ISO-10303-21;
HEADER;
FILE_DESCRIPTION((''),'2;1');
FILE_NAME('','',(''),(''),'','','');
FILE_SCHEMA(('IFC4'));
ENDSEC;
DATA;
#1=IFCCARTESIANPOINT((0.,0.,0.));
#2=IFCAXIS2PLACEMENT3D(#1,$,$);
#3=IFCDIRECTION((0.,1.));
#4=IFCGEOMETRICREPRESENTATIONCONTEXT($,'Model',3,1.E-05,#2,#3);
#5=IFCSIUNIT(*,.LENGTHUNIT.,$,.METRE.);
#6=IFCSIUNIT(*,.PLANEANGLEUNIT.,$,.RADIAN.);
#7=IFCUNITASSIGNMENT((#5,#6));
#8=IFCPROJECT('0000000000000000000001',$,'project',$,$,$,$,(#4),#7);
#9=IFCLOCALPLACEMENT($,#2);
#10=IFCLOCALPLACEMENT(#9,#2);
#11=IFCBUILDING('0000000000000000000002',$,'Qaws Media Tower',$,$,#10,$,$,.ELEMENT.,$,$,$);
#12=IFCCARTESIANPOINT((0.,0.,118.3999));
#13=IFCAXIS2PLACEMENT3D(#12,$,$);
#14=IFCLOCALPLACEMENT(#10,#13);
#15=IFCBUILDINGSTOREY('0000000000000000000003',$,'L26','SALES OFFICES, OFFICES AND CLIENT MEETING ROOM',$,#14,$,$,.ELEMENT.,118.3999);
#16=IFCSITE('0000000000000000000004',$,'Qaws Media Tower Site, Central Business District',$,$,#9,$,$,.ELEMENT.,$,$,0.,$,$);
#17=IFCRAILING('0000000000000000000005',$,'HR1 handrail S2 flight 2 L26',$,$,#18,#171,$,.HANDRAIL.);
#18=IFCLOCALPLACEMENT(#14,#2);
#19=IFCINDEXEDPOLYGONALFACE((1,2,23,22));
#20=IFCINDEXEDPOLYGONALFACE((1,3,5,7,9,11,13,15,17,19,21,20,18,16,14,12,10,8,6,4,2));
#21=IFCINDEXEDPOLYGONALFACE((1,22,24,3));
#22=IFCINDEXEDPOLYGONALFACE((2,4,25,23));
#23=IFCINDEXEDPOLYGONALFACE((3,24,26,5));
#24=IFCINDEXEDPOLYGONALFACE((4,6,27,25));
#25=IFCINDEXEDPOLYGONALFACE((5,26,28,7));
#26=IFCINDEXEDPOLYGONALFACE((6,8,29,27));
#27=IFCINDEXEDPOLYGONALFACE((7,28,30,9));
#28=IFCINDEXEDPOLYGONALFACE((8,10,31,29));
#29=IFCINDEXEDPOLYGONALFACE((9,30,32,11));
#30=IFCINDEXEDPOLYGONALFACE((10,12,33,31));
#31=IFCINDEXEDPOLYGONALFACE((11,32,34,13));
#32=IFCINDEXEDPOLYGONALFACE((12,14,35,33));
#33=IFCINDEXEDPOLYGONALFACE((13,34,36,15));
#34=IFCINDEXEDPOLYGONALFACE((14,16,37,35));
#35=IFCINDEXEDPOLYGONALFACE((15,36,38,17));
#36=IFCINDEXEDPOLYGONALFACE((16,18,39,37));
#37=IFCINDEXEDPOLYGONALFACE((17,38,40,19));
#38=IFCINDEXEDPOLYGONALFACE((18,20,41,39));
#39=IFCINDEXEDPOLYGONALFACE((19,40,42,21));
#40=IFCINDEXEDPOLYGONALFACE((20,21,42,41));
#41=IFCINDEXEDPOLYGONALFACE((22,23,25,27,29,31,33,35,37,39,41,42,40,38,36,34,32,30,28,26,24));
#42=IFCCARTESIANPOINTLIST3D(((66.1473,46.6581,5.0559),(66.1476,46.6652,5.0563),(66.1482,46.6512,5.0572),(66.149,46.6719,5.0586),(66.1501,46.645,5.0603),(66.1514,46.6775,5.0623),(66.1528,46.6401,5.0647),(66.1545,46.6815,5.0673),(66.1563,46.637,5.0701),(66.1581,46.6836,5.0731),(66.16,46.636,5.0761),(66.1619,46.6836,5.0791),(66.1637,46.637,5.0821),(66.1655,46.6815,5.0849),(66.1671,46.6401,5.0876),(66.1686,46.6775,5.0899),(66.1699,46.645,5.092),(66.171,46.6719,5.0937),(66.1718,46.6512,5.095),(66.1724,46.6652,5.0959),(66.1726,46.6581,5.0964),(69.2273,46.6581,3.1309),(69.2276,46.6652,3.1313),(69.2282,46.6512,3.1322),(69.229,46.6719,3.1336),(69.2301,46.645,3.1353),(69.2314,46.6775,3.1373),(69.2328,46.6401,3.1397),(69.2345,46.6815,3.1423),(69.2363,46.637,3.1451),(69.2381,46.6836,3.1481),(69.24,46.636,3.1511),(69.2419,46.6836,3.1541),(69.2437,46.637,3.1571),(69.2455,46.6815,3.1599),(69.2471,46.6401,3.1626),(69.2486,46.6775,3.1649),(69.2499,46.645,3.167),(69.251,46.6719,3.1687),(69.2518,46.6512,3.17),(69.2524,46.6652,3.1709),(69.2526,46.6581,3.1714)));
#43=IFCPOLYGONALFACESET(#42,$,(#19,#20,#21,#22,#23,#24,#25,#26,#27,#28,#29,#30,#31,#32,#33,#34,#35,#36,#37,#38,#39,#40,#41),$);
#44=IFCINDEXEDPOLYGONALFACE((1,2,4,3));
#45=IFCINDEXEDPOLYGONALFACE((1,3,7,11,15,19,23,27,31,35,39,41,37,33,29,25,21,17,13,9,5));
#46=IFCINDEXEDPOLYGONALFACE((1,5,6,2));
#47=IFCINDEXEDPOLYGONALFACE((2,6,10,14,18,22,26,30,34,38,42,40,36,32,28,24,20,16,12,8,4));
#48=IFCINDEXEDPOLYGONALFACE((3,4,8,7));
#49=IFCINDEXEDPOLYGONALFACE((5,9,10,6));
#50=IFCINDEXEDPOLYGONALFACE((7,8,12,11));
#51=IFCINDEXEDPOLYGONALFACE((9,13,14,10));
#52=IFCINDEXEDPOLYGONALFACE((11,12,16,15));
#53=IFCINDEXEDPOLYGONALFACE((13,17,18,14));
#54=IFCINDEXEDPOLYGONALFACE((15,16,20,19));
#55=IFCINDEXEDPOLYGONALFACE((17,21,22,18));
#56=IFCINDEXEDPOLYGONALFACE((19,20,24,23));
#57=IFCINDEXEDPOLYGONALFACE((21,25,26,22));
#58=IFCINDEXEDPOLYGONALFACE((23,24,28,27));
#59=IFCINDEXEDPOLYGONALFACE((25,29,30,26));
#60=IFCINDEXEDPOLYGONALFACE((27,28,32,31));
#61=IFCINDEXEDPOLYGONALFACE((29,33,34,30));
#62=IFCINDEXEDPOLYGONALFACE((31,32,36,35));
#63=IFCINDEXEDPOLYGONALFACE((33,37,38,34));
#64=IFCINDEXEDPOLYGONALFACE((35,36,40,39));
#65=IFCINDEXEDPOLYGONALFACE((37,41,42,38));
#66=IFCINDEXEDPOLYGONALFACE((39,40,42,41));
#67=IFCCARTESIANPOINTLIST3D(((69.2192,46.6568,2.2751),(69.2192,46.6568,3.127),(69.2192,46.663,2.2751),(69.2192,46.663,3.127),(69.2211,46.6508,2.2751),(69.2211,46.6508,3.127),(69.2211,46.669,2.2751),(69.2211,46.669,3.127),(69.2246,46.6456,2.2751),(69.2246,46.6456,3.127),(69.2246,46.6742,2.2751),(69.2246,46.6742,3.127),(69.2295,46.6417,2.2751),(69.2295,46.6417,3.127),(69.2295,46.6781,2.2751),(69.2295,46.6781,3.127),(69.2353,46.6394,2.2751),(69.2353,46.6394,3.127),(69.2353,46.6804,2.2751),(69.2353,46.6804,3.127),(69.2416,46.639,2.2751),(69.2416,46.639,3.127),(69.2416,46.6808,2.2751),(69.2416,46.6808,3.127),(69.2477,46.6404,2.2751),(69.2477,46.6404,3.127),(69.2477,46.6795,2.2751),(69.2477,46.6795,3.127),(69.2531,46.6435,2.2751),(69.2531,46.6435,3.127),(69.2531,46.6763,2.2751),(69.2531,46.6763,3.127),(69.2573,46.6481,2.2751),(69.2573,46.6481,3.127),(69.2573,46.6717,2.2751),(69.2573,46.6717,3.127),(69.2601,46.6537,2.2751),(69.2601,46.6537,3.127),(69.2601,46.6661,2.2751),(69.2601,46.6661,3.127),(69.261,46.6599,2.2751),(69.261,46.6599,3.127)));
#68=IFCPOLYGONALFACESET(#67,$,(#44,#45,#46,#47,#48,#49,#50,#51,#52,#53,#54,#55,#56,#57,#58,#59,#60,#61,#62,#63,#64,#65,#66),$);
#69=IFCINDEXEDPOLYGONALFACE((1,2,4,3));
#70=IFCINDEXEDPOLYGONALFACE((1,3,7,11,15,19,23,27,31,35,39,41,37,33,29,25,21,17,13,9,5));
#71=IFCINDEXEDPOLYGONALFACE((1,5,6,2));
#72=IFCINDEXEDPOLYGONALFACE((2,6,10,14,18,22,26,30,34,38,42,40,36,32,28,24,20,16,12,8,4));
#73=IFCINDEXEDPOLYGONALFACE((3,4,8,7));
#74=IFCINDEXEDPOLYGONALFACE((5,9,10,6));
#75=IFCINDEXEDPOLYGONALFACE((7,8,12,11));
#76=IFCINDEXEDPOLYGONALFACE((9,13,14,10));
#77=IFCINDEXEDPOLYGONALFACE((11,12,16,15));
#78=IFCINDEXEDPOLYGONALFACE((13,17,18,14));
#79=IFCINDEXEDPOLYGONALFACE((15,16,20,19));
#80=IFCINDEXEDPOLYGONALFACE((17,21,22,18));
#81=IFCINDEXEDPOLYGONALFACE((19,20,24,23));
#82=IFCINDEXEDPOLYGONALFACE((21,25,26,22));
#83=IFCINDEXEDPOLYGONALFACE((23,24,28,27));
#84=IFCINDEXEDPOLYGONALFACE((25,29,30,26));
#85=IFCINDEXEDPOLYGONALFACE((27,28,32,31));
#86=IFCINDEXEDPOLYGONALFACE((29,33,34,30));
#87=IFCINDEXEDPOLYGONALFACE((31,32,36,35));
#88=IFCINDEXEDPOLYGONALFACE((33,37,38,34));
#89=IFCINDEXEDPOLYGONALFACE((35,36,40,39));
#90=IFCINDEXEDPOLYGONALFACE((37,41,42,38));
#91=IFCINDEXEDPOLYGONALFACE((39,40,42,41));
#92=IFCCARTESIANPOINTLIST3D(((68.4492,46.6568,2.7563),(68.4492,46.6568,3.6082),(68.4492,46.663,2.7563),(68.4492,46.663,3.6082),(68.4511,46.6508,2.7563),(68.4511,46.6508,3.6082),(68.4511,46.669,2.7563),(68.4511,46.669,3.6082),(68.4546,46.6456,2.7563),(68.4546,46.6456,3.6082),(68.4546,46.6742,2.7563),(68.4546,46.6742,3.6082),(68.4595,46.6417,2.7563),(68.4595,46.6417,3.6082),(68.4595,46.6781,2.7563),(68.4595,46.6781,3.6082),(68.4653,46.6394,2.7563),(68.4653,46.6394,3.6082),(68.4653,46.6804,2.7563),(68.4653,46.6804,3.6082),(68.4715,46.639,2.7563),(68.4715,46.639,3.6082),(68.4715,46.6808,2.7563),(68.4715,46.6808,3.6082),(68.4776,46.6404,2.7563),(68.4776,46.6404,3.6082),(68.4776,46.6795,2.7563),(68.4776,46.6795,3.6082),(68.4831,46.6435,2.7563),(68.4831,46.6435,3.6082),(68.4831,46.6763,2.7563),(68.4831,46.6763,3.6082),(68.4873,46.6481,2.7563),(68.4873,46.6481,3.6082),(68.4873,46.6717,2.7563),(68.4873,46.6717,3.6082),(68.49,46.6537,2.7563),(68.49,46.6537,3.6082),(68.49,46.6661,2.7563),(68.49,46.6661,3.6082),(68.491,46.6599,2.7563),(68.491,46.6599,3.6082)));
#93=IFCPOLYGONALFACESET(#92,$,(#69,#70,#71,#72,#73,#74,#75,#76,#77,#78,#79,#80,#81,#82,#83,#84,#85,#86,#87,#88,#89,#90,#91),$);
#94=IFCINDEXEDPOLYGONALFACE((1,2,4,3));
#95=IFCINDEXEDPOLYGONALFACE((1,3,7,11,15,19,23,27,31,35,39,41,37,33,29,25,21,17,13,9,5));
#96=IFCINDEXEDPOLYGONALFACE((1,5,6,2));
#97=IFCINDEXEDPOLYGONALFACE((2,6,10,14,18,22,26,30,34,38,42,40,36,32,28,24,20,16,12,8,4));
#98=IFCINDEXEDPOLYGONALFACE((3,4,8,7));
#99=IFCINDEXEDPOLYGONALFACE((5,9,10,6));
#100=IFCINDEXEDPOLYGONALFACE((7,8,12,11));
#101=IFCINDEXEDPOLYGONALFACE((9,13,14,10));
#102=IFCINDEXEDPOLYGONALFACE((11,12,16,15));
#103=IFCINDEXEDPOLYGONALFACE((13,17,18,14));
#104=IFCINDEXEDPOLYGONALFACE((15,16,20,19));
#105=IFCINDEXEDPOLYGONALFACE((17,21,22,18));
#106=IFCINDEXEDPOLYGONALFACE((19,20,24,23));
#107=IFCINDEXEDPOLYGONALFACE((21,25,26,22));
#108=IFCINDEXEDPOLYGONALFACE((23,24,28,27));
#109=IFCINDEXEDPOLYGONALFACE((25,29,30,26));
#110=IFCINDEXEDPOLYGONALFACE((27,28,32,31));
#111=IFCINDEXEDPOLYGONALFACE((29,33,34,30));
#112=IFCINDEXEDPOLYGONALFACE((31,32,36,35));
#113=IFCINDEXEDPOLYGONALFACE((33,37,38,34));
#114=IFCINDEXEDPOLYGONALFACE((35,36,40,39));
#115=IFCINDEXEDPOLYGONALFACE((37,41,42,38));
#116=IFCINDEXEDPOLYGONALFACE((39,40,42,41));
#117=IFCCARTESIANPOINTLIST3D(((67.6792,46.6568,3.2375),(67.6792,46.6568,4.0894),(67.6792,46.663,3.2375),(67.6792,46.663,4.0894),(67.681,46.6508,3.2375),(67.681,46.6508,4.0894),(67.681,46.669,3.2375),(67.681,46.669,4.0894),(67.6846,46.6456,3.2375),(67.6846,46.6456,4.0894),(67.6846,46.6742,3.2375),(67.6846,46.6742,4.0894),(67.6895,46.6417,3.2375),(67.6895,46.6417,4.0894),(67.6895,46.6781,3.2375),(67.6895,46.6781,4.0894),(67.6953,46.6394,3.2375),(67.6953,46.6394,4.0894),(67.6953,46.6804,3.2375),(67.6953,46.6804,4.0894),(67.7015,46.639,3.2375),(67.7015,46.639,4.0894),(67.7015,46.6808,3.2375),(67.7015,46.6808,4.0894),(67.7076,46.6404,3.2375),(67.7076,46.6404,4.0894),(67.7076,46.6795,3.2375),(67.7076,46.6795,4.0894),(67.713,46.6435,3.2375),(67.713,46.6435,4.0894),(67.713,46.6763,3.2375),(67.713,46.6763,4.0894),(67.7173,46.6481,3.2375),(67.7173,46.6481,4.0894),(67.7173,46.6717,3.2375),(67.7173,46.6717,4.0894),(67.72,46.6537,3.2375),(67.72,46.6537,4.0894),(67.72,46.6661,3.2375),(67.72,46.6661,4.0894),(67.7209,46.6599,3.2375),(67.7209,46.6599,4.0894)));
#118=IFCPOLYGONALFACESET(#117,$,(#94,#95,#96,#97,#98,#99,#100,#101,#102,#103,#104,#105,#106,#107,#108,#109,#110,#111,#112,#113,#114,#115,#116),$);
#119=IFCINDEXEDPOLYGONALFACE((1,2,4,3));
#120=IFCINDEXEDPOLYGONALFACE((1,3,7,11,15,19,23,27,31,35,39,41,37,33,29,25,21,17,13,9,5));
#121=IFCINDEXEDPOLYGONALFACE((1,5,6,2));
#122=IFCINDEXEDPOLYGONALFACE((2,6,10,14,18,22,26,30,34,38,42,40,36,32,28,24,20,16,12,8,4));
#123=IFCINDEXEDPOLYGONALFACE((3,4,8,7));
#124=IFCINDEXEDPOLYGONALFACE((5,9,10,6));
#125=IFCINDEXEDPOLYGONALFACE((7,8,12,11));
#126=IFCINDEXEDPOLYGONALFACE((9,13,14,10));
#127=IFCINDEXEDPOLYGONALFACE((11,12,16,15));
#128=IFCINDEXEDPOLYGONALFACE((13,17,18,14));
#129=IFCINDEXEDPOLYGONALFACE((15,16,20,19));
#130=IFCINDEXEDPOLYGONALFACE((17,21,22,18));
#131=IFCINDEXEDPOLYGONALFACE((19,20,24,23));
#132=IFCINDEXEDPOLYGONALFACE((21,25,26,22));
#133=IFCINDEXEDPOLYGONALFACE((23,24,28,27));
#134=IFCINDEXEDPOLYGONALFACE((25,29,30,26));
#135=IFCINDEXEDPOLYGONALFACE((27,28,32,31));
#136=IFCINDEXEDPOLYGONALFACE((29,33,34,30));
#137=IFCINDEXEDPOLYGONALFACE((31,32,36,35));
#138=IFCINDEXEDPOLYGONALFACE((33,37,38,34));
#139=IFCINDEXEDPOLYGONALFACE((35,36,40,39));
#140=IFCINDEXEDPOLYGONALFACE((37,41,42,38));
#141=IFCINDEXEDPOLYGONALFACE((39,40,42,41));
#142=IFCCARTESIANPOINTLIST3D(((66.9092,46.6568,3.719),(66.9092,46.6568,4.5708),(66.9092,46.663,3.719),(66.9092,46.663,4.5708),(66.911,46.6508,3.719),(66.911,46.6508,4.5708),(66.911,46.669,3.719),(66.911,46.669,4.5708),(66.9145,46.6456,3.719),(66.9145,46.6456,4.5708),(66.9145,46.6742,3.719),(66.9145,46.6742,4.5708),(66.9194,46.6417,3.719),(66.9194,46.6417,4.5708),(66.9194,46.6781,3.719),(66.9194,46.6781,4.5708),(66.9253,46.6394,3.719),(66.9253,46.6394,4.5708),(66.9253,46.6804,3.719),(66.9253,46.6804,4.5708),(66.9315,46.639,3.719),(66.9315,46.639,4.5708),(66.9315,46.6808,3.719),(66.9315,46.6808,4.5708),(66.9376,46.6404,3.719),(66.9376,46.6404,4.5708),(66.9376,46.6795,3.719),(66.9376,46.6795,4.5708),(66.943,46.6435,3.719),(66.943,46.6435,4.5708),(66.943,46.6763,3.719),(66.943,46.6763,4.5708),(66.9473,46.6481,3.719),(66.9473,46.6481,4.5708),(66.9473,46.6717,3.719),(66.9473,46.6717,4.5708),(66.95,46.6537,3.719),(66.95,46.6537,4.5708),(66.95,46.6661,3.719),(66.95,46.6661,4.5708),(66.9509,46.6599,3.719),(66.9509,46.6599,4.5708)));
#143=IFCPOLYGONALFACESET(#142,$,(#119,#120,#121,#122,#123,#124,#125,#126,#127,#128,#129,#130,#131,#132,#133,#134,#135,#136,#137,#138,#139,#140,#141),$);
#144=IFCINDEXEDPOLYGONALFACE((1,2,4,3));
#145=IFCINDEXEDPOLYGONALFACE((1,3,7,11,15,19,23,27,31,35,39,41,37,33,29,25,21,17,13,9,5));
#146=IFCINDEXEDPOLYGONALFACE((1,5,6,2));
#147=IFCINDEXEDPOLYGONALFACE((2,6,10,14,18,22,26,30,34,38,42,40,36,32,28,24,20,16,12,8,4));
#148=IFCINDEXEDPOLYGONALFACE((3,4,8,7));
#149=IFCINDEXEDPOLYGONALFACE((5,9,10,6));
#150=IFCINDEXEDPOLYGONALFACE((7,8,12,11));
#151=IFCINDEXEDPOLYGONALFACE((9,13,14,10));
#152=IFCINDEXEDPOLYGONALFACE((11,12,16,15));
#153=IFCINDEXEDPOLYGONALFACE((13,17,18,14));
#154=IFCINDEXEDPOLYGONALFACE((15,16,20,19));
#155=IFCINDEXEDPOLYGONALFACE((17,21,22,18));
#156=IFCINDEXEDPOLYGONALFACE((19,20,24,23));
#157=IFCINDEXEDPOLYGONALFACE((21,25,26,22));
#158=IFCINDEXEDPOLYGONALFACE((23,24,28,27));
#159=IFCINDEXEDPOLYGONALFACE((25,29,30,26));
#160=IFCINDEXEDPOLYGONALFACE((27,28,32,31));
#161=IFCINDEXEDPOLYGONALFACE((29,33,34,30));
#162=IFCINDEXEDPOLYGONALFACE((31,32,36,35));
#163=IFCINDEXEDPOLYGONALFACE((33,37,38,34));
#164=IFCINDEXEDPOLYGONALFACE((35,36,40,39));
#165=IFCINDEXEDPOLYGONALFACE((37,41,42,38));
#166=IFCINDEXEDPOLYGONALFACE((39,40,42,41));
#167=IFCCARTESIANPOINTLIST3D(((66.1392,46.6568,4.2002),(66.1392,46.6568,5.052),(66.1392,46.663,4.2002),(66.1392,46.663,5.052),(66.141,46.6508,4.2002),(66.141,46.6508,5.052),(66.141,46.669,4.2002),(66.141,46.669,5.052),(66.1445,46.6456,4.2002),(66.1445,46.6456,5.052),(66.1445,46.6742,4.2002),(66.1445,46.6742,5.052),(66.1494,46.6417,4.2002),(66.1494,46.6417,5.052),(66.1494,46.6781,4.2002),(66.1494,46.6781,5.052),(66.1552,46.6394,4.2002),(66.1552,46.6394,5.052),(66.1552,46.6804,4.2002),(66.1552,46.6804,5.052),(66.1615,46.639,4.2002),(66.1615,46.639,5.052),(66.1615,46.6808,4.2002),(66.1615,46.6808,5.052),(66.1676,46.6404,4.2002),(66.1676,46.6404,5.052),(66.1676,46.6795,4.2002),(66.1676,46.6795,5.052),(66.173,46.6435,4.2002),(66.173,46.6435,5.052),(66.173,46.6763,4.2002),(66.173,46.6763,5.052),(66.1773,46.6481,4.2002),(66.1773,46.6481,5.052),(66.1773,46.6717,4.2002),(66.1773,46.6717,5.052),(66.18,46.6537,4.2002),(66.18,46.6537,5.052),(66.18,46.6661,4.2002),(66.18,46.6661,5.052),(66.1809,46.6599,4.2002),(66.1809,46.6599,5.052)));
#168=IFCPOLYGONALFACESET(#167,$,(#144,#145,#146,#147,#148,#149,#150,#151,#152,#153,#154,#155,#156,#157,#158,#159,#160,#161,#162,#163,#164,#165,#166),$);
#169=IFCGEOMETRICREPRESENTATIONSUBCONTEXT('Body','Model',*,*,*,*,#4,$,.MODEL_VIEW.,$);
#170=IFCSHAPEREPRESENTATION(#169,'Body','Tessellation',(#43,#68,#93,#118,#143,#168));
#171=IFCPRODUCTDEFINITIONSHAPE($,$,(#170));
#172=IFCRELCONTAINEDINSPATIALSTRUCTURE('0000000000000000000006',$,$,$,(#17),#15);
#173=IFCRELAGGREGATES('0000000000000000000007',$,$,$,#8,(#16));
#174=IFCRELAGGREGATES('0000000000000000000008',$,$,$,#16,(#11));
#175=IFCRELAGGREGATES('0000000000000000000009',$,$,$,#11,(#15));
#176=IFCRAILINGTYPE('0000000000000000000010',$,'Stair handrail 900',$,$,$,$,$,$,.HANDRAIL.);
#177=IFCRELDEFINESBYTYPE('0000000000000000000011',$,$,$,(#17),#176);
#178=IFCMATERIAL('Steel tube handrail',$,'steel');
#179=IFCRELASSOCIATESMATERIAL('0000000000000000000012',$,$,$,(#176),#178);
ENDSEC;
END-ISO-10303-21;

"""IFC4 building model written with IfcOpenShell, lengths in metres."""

from ifc_helpers import new_model, si_unit, direction, frame, origin, origin_2d, place, context, subcontext, project, spatial, circle, extrude, material, type_object, element, save


model = new_model("IFC4")

# Units and contexts
model_context = context("Model", 3, precision=1e-05, world=origin(), true_north=direction((0.0, 1.0)))
body_context = subcontext(model_context, "Body", "Model", "MODEL_VIEW")
ifc_project = project(units=[si_unit("LENGTHUNIT", "METRE"), si_unit("PLANEANGLEUNIT", "RADIAN")], contexts=[model_context])

# Site, building, storey
site_placement = place(None, origin())
site = spatial("IfcSite", under=ifc_project, at=site_placement, Name="Qaws Media Tower Site, Central Business District", CompositionType="ELEMENT", RefElevation=0.0)
building_placement = place(site_placement, origin())
building = spatial("IfcBuilding", under=site, at=building_placement, Name="Qaws Media Tower", CompositionType="ELEMENT")
storey_placement = place(building_placement, frame((0.0, 0.0, 118.3999)))
storey = spatial("IfcBuildingStorey", under=building, at=storey_placement, Name="L26", Description="SALES OFFICES, OFFICES AND CLIENT MEETING ROOM", CompositionType="ELEMENT", Elevation=118.3999)

# Railing
ifc_material_1 = material(Name="Steel tube handrail", Category="steel")
railing_type = type_object("IfcRailingType", Name="Stair handrail 900", PredefinedType="HANDRAIL", material=ifc_material_1)
for number, where, name in (
    (1, (69.24, 46.6599, 2.2751), "HR1 handrail S2 flight 2 L26"),
):
    element("IfcRailing", number, at=place(storey_placement, frame(where)), inside=storey, type_object=railing_type, Name=name, PredefinedType="HANDRAIL", context=body_context, shape_type="SweptSolid", body=[
        extrude(circle(Radius=0.0239, at=origin_2d()), frame((0.0, 0.0, 0.876), z_axis=(-0.847998, 0.0, 0.529999), x_axis=(0.0, -1.0, 0.0)), (0.0, 0.0, 1.0), 3.6321),
        extrude(circle(Radius=0.021, at=origin_2d()), origin(), (0.0, 0.0, 1.0), 0.8518),
        extrude(circle(Radius=0.021, at=origin_2d()), frame((-0.77, 0.0, 0.4812)), (0.0, 0.0, 1.0), 0.8518),
        extrude(circle(Radius=0.021, at=origin_2d()), frame((-1.54, 0.0, 0.9624)), (0.0, 0.0, 1.0), 0.8518),
        extrude(circle(Radius=0.021, at=origin_2d()), frame((-2.3101, 0.0, 1.4438)), (0.0, 0.0, 1.0), 0.8518),
        extrude(circle(Radius=0.021, at=origin_2d()), frame((-3.0801, 0.0, 1.925)), (0.0, 0.0, 1.0), 0.8518),
    ])

save(model, "model.ifc")
